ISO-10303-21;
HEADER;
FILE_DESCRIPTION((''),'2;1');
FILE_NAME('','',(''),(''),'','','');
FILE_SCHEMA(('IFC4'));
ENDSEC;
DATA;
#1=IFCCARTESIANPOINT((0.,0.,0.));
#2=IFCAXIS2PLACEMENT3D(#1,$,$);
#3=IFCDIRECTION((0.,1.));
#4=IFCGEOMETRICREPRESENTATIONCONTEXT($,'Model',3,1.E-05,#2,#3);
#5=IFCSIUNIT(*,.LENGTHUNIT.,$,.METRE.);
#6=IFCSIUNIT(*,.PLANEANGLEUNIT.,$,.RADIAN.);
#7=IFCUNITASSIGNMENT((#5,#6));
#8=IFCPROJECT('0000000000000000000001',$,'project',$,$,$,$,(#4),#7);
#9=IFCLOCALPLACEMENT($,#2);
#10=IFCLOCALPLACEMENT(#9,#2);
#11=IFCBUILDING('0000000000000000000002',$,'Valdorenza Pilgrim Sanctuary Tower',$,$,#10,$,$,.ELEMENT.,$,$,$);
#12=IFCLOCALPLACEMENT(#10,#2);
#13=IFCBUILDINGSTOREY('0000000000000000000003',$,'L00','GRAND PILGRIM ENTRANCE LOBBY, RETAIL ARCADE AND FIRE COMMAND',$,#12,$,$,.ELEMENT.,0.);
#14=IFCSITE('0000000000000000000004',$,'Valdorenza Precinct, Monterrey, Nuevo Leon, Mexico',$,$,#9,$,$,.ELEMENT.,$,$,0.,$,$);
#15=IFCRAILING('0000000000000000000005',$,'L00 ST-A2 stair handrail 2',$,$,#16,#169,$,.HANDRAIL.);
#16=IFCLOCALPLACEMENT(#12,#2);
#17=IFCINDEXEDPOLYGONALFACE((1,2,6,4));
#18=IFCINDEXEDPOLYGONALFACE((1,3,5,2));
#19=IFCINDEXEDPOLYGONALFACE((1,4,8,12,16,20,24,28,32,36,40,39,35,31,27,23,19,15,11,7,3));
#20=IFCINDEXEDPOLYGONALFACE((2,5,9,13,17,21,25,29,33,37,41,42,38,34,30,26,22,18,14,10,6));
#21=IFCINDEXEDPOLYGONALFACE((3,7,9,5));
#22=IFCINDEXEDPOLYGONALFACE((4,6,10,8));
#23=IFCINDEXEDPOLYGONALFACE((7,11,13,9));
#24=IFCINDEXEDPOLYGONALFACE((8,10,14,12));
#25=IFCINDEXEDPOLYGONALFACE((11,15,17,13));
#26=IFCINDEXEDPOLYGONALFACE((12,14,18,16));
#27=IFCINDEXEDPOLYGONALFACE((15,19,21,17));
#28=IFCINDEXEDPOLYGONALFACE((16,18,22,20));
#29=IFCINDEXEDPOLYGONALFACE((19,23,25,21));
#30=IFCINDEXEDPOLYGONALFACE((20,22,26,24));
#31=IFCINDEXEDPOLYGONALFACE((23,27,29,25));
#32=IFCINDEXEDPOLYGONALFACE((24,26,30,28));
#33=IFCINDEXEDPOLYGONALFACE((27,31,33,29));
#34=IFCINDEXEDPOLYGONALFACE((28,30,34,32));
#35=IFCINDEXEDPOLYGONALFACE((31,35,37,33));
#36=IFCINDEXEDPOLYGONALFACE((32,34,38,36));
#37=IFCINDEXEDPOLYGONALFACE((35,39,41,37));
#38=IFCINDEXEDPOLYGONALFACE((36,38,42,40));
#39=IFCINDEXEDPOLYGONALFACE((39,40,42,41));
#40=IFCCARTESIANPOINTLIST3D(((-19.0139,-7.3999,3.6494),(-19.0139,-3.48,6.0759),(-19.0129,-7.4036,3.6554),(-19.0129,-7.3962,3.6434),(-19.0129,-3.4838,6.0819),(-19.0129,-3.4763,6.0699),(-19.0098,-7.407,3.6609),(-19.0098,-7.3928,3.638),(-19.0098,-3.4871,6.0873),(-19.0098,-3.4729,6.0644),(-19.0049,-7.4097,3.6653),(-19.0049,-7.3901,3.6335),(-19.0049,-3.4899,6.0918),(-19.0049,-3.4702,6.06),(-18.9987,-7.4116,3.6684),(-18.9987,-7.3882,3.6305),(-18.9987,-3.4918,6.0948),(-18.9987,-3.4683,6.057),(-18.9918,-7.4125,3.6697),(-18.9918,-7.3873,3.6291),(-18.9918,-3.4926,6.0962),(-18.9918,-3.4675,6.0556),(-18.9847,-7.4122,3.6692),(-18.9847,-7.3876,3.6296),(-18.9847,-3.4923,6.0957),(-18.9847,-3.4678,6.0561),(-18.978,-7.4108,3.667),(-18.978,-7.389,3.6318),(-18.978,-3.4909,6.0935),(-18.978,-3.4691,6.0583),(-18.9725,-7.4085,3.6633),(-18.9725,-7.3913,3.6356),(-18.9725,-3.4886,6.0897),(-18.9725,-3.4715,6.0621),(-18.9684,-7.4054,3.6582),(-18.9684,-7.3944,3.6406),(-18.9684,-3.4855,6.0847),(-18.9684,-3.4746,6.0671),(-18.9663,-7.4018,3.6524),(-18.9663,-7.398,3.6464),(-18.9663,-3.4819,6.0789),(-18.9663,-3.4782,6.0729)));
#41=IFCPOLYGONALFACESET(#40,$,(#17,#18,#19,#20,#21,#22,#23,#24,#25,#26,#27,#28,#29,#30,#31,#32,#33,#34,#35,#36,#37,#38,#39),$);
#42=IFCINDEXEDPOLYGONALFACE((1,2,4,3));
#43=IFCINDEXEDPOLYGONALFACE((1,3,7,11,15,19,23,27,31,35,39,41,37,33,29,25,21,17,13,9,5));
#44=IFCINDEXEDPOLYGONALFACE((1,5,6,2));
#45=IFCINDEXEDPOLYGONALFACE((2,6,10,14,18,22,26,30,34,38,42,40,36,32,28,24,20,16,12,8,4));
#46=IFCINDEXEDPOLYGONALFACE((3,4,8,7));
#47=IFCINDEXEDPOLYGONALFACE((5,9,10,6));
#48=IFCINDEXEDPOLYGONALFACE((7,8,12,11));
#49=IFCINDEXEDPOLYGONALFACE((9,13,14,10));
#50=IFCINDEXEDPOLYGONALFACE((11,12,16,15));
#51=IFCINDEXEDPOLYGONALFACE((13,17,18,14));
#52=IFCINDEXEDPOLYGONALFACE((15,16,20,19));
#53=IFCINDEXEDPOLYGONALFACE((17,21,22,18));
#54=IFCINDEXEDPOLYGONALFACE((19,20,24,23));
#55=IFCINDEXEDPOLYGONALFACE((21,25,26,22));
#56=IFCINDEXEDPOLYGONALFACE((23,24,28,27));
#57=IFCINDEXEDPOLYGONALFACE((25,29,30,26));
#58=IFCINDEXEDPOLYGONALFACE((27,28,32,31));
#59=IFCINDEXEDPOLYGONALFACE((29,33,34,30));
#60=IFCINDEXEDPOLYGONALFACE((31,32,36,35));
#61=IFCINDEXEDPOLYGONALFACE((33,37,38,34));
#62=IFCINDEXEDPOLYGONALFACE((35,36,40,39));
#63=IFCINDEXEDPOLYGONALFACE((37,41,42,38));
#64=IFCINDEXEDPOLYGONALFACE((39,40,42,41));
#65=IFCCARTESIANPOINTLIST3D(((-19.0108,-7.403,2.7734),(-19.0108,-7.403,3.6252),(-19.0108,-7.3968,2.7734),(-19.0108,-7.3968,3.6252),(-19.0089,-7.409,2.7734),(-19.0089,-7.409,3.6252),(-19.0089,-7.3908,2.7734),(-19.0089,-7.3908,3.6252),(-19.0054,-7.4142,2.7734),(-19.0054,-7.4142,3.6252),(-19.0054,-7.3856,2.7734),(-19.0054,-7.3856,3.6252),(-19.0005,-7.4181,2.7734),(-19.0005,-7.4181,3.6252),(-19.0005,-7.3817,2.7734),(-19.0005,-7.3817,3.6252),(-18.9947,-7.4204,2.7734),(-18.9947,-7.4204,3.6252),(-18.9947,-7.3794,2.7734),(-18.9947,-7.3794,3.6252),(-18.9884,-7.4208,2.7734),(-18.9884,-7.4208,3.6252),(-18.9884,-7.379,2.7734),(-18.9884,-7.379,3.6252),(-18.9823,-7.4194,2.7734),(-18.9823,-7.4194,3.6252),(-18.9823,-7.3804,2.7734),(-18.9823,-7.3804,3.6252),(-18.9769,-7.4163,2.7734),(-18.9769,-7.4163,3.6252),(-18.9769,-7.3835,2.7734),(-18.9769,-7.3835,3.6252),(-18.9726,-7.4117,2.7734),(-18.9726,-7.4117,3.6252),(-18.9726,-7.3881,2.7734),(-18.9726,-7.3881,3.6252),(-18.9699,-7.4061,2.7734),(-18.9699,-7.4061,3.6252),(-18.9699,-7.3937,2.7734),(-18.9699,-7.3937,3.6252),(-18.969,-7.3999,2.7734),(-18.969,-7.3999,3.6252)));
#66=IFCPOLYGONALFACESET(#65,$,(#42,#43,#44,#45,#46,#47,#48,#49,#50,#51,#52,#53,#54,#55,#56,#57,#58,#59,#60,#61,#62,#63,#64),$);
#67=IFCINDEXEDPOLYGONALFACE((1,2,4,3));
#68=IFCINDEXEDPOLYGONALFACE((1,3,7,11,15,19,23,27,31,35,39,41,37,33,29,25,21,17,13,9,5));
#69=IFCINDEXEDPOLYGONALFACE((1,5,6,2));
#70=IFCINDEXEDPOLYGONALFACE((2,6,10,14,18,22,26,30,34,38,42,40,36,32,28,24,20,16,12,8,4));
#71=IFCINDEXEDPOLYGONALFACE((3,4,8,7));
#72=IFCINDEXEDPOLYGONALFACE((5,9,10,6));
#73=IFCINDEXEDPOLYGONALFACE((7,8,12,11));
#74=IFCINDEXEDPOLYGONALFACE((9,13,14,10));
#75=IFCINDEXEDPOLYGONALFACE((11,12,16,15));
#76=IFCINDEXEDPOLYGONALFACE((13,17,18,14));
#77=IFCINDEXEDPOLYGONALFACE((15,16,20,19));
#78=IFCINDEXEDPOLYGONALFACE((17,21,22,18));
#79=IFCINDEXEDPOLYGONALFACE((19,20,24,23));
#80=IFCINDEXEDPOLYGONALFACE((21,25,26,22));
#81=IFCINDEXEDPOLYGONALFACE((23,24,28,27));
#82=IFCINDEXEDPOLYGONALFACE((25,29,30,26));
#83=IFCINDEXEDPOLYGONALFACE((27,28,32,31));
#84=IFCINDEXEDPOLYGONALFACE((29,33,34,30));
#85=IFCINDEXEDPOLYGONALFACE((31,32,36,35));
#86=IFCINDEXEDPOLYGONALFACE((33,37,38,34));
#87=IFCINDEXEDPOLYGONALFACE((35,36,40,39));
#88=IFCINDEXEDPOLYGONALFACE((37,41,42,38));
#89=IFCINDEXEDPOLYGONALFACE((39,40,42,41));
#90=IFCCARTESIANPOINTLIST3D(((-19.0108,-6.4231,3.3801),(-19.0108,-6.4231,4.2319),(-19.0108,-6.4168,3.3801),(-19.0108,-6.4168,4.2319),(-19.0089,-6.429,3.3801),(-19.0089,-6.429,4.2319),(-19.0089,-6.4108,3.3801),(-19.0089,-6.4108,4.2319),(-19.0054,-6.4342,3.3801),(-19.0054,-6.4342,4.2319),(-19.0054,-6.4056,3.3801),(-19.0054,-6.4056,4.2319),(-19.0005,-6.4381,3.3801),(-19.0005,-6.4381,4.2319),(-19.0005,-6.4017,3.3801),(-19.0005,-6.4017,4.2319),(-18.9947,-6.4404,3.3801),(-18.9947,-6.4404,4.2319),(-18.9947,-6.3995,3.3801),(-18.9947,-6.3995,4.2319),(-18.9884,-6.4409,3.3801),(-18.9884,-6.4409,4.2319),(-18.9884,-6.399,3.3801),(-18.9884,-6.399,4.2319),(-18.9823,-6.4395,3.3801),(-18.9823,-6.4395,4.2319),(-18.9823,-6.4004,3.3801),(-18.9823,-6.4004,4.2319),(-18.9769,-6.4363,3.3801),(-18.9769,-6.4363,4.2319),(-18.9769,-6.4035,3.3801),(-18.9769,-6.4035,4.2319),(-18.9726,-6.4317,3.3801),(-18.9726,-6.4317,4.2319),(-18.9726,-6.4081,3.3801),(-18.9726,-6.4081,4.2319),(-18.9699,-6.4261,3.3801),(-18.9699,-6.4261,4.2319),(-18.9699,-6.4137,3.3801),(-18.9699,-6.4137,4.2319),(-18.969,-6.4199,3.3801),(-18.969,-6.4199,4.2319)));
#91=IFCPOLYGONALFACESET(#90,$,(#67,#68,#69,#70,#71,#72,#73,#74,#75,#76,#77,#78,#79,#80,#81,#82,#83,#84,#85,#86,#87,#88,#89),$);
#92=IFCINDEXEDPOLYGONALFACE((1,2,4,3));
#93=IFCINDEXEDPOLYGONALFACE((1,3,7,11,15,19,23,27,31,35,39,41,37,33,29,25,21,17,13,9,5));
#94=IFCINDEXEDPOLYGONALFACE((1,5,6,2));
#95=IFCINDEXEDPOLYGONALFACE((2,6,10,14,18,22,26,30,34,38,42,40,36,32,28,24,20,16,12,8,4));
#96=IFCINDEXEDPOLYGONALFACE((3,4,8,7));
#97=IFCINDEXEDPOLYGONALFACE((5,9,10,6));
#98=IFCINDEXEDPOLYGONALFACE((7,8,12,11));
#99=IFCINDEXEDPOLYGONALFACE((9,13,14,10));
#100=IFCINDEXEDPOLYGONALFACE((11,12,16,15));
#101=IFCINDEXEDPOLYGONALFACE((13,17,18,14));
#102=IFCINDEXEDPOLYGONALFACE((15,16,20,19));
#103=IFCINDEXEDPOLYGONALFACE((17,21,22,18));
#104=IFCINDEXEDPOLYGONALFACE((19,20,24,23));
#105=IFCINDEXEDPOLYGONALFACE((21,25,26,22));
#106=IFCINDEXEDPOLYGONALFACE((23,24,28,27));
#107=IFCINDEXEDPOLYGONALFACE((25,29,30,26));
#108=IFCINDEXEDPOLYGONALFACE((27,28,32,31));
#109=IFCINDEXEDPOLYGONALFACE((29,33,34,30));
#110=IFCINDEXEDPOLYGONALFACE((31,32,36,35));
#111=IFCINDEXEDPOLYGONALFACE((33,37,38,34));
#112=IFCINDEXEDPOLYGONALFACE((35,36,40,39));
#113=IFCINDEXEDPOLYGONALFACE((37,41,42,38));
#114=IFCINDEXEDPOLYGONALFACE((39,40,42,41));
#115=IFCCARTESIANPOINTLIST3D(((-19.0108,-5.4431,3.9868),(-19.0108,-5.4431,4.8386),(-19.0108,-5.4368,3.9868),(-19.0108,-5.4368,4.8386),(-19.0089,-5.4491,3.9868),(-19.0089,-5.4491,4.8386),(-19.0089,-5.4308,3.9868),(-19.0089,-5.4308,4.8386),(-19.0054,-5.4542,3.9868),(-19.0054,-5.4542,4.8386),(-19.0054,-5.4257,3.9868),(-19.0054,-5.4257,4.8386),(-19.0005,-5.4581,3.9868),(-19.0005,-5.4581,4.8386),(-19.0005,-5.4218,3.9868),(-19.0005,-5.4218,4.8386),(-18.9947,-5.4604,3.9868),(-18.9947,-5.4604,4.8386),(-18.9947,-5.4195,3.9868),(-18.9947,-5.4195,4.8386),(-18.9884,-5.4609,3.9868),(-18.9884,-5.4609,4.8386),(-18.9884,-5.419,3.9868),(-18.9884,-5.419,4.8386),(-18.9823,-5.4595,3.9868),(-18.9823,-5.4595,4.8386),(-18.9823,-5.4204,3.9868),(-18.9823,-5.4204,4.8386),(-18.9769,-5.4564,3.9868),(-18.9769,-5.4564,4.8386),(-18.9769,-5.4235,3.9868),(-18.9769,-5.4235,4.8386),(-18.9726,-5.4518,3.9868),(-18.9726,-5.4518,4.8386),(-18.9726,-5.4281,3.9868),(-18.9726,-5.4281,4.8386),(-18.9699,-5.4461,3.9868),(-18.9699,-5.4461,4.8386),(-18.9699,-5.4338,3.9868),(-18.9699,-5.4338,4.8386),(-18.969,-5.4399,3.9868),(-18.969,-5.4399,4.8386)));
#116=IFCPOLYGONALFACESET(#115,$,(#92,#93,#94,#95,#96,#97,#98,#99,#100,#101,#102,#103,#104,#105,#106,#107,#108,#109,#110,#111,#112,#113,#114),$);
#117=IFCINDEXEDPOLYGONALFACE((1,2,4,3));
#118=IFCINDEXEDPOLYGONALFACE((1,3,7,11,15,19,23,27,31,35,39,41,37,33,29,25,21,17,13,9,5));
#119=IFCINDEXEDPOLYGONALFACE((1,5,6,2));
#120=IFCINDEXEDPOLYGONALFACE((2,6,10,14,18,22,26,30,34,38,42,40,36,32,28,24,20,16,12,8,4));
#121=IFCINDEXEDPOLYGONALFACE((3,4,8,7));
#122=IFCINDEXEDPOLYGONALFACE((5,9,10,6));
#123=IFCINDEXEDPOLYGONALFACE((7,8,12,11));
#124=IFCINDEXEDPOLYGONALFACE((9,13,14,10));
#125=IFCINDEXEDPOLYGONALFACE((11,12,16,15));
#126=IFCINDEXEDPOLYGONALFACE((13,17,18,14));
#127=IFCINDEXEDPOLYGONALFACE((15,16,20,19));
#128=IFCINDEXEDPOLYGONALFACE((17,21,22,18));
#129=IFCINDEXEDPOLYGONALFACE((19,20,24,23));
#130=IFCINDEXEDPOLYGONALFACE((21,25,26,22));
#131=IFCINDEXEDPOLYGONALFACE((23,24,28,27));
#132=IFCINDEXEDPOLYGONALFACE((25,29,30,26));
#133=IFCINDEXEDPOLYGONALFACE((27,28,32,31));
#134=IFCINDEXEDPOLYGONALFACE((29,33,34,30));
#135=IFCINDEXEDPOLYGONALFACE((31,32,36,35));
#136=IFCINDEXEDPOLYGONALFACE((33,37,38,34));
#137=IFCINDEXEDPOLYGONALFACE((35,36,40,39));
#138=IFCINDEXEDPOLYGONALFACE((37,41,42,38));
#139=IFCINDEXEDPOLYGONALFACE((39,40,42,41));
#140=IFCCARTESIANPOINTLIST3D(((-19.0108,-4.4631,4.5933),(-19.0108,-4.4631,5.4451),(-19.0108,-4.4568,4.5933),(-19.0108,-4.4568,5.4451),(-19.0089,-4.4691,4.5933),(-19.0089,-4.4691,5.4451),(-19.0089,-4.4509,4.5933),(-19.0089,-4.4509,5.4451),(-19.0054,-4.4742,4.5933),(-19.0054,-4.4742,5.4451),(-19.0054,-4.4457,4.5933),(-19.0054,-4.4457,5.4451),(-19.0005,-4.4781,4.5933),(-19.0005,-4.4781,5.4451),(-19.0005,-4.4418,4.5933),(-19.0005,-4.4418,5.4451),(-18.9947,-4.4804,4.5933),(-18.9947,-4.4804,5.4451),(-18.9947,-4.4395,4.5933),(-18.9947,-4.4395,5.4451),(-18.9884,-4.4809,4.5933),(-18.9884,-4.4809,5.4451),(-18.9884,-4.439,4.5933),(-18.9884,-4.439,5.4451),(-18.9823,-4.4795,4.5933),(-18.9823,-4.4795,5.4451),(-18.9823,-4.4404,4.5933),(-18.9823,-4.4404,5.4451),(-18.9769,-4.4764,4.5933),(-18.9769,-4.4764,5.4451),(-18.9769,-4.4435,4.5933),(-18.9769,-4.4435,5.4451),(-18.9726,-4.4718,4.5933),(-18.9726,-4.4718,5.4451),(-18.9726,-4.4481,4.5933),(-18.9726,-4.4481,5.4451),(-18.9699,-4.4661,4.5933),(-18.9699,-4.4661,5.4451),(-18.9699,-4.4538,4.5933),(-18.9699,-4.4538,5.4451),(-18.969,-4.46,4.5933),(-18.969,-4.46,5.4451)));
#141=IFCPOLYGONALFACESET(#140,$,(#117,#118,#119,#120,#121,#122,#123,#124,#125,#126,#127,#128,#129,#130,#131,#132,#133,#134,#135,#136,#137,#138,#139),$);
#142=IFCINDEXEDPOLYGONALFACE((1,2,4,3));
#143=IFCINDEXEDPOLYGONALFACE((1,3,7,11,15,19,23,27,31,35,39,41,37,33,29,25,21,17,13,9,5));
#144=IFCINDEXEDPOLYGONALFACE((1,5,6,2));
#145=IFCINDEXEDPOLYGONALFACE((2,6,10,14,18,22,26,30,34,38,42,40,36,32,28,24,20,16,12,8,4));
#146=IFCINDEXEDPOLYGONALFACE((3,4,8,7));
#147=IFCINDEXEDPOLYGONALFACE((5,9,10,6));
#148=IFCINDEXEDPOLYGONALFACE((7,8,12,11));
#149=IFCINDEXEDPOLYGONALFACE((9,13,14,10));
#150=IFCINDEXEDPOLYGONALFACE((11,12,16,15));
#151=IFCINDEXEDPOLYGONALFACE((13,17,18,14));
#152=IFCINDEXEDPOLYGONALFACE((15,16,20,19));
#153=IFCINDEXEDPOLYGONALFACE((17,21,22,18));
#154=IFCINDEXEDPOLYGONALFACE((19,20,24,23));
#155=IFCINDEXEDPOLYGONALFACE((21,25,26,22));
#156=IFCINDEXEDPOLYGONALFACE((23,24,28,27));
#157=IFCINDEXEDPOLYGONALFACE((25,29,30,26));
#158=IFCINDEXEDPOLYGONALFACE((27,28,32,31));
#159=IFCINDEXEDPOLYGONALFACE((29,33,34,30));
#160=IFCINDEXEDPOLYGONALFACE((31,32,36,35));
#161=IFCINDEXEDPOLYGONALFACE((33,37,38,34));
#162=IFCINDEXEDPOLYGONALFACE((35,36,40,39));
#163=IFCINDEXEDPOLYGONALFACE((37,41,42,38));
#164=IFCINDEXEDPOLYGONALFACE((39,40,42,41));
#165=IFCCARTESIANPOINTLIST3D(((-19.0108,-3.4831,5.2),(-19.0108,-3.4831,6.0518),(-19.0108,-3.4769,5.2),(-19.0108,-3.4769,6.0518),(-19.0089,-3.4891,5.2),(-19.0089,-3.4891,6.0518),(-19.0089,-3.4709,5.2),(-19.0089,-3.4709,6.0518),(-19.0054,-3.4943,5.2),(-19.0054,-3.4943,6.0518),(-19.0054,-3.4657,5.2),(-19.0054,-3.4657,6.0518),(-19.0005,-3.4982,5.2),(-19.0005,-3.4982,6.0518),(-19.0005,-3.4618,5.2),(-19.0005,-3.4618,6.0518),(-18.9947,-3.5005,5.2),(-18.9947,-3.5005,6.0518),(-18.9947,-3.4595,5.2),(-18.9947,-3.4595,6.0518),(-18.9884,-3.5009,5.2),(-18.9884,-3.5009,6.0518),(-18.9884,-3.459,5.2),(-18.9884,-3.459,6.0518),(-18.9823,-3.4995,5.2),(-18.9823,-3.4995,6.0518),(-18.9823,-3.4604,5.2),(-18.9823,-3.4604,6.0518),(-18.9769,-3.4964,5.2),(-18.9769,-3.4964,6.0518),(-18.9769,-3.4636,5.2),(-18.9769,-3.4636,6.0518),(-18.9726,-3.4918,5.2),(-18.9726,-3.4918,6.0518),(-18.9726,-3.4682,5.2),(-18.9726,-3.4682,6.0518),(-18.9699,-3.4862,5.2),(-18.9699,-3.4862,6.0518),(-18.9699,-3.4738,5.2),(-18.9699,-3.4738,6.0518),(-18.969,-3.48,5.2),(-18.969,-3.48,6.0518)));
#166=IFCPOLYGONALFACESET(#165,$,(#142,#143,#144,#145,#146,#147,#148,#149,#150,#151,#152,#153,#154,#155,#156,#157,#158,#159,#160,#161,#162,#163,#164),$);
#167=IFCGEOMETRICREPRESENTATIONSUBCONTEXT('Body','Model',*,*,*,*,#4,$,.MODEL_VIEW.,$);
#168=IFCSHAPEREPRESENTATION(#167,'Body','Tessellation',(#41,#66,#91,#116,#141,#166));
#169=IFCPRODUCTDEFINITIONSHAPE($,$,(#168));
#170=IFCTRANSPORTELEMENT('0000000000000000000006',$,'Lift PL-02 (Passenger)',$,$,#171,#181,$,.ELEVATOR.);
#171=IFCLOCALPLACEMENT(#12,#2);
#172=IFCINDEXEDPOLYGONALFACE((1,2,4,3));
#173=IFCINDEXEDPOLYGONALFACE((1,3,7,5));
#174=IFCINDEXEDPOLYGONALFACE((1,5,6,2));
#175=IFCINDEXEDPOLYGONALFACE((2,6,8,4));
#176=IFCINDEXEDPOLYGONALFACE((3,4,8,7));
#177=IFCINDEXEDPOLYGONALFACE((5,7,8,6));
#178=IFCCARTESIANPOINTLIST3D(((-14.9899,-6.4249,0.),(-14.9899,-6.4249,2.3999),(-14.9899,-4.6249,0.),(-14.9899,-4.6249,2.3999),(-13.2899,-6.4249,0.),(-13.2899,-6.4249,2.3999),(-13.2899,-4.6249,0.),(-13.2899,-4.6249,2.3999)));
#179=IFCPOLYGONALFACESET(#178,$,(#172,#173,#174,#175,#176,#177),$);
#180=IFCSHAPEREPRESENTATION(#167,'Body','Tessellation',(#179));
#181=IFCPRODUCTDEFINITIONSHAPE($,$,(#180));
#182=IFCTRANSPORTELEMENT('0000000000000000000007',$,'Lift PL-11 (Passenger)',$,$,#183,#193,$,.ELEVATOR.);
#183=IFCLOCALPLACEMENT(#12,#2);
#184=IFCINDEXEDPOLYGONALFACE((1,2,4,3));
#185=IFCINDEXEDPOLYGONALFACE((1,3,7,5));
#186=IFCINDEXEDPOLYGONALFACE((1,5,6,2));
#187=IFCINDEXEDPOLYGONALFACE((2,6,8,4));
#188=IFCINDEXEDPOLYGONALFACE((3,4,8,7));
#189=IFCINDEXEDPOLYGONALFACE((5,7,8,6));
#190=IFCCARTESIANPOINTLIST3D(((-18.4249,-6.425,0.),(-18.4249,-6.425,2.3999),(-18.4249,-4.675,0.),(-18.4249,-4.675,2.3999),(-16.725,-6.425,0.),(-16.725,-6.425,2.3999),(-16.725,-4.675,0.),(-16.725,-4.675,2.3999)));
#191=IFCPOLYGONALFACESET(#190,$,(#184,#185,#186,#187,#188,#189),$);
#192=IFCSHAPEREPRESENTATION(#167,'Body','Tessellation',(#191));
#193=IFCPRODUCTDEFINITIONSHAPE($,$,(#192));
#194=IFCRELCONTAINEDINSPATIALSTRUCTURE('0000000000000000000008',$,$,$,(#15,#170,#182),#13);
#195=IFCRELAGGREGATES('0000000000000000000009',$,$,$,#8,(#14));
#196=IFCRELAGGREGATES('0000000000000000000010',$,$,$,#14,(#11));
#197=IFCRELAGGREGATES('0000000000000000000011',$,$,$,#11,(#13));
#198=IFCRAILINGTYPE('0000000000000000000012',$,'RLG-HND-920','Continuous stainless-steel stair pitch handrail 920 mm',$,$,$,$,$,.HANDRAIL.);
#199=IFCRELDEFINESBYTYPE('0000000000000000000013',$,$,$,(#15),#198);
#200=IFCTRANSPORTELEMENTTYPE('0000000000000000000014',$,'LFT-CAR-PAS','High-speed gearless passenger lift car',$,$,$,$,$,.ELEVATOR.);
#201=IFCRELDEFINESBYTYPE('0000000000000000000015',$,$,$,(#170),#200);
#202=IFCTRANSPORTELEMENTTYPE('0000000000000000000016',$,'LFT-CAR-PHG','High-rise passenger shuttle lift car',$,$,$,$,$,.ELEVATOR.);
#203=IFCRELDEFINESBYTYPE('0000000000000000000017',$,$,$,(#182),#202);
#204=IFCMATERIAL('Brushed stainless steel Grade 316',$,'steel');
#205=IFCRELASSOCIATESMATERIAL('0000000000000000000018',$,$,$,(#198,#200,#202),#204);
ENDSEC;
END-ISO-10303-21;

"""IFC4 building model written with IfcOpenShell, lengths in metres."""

from ifc_helpers import new_model, si_unit, direction, frame, origin, origin_2d, place, context, subcontext, project, spatial, rectangle, circle, extrude, source, transform, mapped, material, type_object, element, save


model = new_model("IFC4")

# Units and contexts
model_context = context("Model", 3, precision=1e-05, world=origin(), true_north=direction((0.0, 1.0)))
body_context = subcontext(model_context, "Body", "Model", "MODEL_VIEW")
ifc_project = project(units=[si_unit("LENGTHUNIT", "METRE"), si_unit("PLANEANGLEUNIT", "RADIAN")], contexts=[model_context])

# Site, building, storey
site_placement = place(None, origin())
site = spatial("IfcSite", under=ifc_project, at=site_placement, Name="Valdorenza Precinct, Monterrey, Nuevo Leon, Mexico", CompositionType="ELEMENT", RefElevation=0.0)
building_placement = place(site_placement, origin())
building = spatial("IfcBuilding", under=site, at=building_placement, Name="Valdorenza Pilgrim Sanctuary Tower", CompositionType="ELEMENT")
storey_placement = place(building_placement, origin())
storey = spatial("IfcBuildingStorey", under=building, at=storey_placement, Name="L00", Description="GRAND PILGRIM ENTRANCE LOBBY, RETAIL ARCADE AND FIRE COMMAND", CompositionType="ELEMENT", Elevation=0.0)

# Shared definitions
ifc_material_1 = material(Name="Brushed stainless steel Grade 316", Category="steel")

# Railing
railing_type = type_object("IfcRailingType", Name="RLG-HND-920", Description="Continuous stainless-steel stair pitch handrail 920 mm", PredefinedType="HANDRAIL", material=ifc_material_1)
railing_placement = place(storey_placement, frame((-18.99, -7.3999, 2.7734)))
element("IfcRailing", 1, at=railing_placement, inside=storey, type_object=railing_type, Name="L00 ST-A2 stair handrail 2", PredefinedType="HANDRAIL", context=body_context, shape_type="SweptSolid", body=[
    extrude(circle(Radius=0.0239, at=origin_2d()), frame((0.0, 0.0, 0.876), z_axis=(0.0, 0.850275, 0.526338), x_axis=(-1.0, 0.0, 0.0)), (0.0, 0.0, 1.0), 4.6101),
    extrude(circle(Radius=0.021, at=origin_2d()), origin(), (0.0, 0.0, 1.0), 0.8518),
    extrude(circle(Radius=0.021, at=origin_2d()), frame((0.0, 0.98, 0.6067)), (0.0, 0.0, 1.0), 0.8518),
    extrude(circle(Radius=0.021, at=origin_2d()), frame((0.0, 1.96, 1.2134)), (0.0, 0.0, 1.0), 0.8518),
    extrude(circle(Radius=0.021, at=origin_2d()), frame((0.0, 2.9399, 1.8198)), (0.0, 0.0, 1.0), 0.8518),
    extrude(circle(Radius=0.021, at=origin_2d()), frame((0.0, 3.9199, 2.4265)), (0.0, 0.0, 1.0), 0.8518),
])

# Transport elements
transport_element_type_1 = type_object("IfcTransportElementType", Name="LFT-CAR-PAS", Description="High-speed gearless passenger lift car", PredefinedType="ELEVATOR", material=ifc_material_1)
shared_shape_1 = source(origin(), body_context, "Body", "SweptSolid", [
    extrude(rectangle(XDim=1.7, YDim=1.8, at=origin_2d()), origin(), (0.0, 0.0, 1.0), 2.3999),
])
transport_element_1_placement = place(storey_placement, frame((-14.1399, -5.5249, 0.0), z_axis=(0.0, 0.0, 1.0), x_axis=(1.0, 0.0, 0.0)))
element("IfcTransportElement", 2, at=transport_element_1_placement, inside=storey, type_object=transport_element_type_1, Name="Lift PL-02 (Passenger)", PredefinedType="ELEVATOR", context=body_context, shape_type="MappedRepresentation", body=[
    mapped(shared_shape_1, transform((0.0, 0.0, 0.0), x_axis=(1.0, 0.0, 0.0), y_axis=(0.0, 1.0, 0.0), z_axis=(0.0, 0.0, 1.0), scale=1.0)),
])
transport_element_type_2 = type_object("IfcTransportElementType", Name="LFT-CAR-PHG", Description="High-rise passenger shuttle lift car", PredefinedType="ELEVATOR", material=ifc_material_1)
shared_shape_2 = source(origin(), body_context, "Body", "SweptSolid", [
    extrude(rectangle(XDim=1.7, YDim=1.75, at=origin_2d()), origin(), (0.0, 0.0, 1.0), 2.3999),
])
transport_element_2_placement = place(storey_placement, frame((-17.575, -5.55, 0.0), z_axis=(0.0, 0.0, 1.0), x_axis=(1.0, 0.0, 0.0)))
element("IfcTransportElement", 3, at=transport_element_2_placement, inside=storey, type_object=transport_element_type_2, Name="Lift PL-11 (Passenger)", PredefinedType="ELEVATOR", context=body_context, shape_type="MappedRepresentation", body=[
    mapped(shared_shape_2, transform((0.0, 0.0, 0.0), x_axis=(1.0, 0.0, 0.0), y_axis=(0.0, 1.0, 0.0), z_axis=(0.0, 0.0, 1.0), scale=1.0)),
])

save(model, "model.ifc")
